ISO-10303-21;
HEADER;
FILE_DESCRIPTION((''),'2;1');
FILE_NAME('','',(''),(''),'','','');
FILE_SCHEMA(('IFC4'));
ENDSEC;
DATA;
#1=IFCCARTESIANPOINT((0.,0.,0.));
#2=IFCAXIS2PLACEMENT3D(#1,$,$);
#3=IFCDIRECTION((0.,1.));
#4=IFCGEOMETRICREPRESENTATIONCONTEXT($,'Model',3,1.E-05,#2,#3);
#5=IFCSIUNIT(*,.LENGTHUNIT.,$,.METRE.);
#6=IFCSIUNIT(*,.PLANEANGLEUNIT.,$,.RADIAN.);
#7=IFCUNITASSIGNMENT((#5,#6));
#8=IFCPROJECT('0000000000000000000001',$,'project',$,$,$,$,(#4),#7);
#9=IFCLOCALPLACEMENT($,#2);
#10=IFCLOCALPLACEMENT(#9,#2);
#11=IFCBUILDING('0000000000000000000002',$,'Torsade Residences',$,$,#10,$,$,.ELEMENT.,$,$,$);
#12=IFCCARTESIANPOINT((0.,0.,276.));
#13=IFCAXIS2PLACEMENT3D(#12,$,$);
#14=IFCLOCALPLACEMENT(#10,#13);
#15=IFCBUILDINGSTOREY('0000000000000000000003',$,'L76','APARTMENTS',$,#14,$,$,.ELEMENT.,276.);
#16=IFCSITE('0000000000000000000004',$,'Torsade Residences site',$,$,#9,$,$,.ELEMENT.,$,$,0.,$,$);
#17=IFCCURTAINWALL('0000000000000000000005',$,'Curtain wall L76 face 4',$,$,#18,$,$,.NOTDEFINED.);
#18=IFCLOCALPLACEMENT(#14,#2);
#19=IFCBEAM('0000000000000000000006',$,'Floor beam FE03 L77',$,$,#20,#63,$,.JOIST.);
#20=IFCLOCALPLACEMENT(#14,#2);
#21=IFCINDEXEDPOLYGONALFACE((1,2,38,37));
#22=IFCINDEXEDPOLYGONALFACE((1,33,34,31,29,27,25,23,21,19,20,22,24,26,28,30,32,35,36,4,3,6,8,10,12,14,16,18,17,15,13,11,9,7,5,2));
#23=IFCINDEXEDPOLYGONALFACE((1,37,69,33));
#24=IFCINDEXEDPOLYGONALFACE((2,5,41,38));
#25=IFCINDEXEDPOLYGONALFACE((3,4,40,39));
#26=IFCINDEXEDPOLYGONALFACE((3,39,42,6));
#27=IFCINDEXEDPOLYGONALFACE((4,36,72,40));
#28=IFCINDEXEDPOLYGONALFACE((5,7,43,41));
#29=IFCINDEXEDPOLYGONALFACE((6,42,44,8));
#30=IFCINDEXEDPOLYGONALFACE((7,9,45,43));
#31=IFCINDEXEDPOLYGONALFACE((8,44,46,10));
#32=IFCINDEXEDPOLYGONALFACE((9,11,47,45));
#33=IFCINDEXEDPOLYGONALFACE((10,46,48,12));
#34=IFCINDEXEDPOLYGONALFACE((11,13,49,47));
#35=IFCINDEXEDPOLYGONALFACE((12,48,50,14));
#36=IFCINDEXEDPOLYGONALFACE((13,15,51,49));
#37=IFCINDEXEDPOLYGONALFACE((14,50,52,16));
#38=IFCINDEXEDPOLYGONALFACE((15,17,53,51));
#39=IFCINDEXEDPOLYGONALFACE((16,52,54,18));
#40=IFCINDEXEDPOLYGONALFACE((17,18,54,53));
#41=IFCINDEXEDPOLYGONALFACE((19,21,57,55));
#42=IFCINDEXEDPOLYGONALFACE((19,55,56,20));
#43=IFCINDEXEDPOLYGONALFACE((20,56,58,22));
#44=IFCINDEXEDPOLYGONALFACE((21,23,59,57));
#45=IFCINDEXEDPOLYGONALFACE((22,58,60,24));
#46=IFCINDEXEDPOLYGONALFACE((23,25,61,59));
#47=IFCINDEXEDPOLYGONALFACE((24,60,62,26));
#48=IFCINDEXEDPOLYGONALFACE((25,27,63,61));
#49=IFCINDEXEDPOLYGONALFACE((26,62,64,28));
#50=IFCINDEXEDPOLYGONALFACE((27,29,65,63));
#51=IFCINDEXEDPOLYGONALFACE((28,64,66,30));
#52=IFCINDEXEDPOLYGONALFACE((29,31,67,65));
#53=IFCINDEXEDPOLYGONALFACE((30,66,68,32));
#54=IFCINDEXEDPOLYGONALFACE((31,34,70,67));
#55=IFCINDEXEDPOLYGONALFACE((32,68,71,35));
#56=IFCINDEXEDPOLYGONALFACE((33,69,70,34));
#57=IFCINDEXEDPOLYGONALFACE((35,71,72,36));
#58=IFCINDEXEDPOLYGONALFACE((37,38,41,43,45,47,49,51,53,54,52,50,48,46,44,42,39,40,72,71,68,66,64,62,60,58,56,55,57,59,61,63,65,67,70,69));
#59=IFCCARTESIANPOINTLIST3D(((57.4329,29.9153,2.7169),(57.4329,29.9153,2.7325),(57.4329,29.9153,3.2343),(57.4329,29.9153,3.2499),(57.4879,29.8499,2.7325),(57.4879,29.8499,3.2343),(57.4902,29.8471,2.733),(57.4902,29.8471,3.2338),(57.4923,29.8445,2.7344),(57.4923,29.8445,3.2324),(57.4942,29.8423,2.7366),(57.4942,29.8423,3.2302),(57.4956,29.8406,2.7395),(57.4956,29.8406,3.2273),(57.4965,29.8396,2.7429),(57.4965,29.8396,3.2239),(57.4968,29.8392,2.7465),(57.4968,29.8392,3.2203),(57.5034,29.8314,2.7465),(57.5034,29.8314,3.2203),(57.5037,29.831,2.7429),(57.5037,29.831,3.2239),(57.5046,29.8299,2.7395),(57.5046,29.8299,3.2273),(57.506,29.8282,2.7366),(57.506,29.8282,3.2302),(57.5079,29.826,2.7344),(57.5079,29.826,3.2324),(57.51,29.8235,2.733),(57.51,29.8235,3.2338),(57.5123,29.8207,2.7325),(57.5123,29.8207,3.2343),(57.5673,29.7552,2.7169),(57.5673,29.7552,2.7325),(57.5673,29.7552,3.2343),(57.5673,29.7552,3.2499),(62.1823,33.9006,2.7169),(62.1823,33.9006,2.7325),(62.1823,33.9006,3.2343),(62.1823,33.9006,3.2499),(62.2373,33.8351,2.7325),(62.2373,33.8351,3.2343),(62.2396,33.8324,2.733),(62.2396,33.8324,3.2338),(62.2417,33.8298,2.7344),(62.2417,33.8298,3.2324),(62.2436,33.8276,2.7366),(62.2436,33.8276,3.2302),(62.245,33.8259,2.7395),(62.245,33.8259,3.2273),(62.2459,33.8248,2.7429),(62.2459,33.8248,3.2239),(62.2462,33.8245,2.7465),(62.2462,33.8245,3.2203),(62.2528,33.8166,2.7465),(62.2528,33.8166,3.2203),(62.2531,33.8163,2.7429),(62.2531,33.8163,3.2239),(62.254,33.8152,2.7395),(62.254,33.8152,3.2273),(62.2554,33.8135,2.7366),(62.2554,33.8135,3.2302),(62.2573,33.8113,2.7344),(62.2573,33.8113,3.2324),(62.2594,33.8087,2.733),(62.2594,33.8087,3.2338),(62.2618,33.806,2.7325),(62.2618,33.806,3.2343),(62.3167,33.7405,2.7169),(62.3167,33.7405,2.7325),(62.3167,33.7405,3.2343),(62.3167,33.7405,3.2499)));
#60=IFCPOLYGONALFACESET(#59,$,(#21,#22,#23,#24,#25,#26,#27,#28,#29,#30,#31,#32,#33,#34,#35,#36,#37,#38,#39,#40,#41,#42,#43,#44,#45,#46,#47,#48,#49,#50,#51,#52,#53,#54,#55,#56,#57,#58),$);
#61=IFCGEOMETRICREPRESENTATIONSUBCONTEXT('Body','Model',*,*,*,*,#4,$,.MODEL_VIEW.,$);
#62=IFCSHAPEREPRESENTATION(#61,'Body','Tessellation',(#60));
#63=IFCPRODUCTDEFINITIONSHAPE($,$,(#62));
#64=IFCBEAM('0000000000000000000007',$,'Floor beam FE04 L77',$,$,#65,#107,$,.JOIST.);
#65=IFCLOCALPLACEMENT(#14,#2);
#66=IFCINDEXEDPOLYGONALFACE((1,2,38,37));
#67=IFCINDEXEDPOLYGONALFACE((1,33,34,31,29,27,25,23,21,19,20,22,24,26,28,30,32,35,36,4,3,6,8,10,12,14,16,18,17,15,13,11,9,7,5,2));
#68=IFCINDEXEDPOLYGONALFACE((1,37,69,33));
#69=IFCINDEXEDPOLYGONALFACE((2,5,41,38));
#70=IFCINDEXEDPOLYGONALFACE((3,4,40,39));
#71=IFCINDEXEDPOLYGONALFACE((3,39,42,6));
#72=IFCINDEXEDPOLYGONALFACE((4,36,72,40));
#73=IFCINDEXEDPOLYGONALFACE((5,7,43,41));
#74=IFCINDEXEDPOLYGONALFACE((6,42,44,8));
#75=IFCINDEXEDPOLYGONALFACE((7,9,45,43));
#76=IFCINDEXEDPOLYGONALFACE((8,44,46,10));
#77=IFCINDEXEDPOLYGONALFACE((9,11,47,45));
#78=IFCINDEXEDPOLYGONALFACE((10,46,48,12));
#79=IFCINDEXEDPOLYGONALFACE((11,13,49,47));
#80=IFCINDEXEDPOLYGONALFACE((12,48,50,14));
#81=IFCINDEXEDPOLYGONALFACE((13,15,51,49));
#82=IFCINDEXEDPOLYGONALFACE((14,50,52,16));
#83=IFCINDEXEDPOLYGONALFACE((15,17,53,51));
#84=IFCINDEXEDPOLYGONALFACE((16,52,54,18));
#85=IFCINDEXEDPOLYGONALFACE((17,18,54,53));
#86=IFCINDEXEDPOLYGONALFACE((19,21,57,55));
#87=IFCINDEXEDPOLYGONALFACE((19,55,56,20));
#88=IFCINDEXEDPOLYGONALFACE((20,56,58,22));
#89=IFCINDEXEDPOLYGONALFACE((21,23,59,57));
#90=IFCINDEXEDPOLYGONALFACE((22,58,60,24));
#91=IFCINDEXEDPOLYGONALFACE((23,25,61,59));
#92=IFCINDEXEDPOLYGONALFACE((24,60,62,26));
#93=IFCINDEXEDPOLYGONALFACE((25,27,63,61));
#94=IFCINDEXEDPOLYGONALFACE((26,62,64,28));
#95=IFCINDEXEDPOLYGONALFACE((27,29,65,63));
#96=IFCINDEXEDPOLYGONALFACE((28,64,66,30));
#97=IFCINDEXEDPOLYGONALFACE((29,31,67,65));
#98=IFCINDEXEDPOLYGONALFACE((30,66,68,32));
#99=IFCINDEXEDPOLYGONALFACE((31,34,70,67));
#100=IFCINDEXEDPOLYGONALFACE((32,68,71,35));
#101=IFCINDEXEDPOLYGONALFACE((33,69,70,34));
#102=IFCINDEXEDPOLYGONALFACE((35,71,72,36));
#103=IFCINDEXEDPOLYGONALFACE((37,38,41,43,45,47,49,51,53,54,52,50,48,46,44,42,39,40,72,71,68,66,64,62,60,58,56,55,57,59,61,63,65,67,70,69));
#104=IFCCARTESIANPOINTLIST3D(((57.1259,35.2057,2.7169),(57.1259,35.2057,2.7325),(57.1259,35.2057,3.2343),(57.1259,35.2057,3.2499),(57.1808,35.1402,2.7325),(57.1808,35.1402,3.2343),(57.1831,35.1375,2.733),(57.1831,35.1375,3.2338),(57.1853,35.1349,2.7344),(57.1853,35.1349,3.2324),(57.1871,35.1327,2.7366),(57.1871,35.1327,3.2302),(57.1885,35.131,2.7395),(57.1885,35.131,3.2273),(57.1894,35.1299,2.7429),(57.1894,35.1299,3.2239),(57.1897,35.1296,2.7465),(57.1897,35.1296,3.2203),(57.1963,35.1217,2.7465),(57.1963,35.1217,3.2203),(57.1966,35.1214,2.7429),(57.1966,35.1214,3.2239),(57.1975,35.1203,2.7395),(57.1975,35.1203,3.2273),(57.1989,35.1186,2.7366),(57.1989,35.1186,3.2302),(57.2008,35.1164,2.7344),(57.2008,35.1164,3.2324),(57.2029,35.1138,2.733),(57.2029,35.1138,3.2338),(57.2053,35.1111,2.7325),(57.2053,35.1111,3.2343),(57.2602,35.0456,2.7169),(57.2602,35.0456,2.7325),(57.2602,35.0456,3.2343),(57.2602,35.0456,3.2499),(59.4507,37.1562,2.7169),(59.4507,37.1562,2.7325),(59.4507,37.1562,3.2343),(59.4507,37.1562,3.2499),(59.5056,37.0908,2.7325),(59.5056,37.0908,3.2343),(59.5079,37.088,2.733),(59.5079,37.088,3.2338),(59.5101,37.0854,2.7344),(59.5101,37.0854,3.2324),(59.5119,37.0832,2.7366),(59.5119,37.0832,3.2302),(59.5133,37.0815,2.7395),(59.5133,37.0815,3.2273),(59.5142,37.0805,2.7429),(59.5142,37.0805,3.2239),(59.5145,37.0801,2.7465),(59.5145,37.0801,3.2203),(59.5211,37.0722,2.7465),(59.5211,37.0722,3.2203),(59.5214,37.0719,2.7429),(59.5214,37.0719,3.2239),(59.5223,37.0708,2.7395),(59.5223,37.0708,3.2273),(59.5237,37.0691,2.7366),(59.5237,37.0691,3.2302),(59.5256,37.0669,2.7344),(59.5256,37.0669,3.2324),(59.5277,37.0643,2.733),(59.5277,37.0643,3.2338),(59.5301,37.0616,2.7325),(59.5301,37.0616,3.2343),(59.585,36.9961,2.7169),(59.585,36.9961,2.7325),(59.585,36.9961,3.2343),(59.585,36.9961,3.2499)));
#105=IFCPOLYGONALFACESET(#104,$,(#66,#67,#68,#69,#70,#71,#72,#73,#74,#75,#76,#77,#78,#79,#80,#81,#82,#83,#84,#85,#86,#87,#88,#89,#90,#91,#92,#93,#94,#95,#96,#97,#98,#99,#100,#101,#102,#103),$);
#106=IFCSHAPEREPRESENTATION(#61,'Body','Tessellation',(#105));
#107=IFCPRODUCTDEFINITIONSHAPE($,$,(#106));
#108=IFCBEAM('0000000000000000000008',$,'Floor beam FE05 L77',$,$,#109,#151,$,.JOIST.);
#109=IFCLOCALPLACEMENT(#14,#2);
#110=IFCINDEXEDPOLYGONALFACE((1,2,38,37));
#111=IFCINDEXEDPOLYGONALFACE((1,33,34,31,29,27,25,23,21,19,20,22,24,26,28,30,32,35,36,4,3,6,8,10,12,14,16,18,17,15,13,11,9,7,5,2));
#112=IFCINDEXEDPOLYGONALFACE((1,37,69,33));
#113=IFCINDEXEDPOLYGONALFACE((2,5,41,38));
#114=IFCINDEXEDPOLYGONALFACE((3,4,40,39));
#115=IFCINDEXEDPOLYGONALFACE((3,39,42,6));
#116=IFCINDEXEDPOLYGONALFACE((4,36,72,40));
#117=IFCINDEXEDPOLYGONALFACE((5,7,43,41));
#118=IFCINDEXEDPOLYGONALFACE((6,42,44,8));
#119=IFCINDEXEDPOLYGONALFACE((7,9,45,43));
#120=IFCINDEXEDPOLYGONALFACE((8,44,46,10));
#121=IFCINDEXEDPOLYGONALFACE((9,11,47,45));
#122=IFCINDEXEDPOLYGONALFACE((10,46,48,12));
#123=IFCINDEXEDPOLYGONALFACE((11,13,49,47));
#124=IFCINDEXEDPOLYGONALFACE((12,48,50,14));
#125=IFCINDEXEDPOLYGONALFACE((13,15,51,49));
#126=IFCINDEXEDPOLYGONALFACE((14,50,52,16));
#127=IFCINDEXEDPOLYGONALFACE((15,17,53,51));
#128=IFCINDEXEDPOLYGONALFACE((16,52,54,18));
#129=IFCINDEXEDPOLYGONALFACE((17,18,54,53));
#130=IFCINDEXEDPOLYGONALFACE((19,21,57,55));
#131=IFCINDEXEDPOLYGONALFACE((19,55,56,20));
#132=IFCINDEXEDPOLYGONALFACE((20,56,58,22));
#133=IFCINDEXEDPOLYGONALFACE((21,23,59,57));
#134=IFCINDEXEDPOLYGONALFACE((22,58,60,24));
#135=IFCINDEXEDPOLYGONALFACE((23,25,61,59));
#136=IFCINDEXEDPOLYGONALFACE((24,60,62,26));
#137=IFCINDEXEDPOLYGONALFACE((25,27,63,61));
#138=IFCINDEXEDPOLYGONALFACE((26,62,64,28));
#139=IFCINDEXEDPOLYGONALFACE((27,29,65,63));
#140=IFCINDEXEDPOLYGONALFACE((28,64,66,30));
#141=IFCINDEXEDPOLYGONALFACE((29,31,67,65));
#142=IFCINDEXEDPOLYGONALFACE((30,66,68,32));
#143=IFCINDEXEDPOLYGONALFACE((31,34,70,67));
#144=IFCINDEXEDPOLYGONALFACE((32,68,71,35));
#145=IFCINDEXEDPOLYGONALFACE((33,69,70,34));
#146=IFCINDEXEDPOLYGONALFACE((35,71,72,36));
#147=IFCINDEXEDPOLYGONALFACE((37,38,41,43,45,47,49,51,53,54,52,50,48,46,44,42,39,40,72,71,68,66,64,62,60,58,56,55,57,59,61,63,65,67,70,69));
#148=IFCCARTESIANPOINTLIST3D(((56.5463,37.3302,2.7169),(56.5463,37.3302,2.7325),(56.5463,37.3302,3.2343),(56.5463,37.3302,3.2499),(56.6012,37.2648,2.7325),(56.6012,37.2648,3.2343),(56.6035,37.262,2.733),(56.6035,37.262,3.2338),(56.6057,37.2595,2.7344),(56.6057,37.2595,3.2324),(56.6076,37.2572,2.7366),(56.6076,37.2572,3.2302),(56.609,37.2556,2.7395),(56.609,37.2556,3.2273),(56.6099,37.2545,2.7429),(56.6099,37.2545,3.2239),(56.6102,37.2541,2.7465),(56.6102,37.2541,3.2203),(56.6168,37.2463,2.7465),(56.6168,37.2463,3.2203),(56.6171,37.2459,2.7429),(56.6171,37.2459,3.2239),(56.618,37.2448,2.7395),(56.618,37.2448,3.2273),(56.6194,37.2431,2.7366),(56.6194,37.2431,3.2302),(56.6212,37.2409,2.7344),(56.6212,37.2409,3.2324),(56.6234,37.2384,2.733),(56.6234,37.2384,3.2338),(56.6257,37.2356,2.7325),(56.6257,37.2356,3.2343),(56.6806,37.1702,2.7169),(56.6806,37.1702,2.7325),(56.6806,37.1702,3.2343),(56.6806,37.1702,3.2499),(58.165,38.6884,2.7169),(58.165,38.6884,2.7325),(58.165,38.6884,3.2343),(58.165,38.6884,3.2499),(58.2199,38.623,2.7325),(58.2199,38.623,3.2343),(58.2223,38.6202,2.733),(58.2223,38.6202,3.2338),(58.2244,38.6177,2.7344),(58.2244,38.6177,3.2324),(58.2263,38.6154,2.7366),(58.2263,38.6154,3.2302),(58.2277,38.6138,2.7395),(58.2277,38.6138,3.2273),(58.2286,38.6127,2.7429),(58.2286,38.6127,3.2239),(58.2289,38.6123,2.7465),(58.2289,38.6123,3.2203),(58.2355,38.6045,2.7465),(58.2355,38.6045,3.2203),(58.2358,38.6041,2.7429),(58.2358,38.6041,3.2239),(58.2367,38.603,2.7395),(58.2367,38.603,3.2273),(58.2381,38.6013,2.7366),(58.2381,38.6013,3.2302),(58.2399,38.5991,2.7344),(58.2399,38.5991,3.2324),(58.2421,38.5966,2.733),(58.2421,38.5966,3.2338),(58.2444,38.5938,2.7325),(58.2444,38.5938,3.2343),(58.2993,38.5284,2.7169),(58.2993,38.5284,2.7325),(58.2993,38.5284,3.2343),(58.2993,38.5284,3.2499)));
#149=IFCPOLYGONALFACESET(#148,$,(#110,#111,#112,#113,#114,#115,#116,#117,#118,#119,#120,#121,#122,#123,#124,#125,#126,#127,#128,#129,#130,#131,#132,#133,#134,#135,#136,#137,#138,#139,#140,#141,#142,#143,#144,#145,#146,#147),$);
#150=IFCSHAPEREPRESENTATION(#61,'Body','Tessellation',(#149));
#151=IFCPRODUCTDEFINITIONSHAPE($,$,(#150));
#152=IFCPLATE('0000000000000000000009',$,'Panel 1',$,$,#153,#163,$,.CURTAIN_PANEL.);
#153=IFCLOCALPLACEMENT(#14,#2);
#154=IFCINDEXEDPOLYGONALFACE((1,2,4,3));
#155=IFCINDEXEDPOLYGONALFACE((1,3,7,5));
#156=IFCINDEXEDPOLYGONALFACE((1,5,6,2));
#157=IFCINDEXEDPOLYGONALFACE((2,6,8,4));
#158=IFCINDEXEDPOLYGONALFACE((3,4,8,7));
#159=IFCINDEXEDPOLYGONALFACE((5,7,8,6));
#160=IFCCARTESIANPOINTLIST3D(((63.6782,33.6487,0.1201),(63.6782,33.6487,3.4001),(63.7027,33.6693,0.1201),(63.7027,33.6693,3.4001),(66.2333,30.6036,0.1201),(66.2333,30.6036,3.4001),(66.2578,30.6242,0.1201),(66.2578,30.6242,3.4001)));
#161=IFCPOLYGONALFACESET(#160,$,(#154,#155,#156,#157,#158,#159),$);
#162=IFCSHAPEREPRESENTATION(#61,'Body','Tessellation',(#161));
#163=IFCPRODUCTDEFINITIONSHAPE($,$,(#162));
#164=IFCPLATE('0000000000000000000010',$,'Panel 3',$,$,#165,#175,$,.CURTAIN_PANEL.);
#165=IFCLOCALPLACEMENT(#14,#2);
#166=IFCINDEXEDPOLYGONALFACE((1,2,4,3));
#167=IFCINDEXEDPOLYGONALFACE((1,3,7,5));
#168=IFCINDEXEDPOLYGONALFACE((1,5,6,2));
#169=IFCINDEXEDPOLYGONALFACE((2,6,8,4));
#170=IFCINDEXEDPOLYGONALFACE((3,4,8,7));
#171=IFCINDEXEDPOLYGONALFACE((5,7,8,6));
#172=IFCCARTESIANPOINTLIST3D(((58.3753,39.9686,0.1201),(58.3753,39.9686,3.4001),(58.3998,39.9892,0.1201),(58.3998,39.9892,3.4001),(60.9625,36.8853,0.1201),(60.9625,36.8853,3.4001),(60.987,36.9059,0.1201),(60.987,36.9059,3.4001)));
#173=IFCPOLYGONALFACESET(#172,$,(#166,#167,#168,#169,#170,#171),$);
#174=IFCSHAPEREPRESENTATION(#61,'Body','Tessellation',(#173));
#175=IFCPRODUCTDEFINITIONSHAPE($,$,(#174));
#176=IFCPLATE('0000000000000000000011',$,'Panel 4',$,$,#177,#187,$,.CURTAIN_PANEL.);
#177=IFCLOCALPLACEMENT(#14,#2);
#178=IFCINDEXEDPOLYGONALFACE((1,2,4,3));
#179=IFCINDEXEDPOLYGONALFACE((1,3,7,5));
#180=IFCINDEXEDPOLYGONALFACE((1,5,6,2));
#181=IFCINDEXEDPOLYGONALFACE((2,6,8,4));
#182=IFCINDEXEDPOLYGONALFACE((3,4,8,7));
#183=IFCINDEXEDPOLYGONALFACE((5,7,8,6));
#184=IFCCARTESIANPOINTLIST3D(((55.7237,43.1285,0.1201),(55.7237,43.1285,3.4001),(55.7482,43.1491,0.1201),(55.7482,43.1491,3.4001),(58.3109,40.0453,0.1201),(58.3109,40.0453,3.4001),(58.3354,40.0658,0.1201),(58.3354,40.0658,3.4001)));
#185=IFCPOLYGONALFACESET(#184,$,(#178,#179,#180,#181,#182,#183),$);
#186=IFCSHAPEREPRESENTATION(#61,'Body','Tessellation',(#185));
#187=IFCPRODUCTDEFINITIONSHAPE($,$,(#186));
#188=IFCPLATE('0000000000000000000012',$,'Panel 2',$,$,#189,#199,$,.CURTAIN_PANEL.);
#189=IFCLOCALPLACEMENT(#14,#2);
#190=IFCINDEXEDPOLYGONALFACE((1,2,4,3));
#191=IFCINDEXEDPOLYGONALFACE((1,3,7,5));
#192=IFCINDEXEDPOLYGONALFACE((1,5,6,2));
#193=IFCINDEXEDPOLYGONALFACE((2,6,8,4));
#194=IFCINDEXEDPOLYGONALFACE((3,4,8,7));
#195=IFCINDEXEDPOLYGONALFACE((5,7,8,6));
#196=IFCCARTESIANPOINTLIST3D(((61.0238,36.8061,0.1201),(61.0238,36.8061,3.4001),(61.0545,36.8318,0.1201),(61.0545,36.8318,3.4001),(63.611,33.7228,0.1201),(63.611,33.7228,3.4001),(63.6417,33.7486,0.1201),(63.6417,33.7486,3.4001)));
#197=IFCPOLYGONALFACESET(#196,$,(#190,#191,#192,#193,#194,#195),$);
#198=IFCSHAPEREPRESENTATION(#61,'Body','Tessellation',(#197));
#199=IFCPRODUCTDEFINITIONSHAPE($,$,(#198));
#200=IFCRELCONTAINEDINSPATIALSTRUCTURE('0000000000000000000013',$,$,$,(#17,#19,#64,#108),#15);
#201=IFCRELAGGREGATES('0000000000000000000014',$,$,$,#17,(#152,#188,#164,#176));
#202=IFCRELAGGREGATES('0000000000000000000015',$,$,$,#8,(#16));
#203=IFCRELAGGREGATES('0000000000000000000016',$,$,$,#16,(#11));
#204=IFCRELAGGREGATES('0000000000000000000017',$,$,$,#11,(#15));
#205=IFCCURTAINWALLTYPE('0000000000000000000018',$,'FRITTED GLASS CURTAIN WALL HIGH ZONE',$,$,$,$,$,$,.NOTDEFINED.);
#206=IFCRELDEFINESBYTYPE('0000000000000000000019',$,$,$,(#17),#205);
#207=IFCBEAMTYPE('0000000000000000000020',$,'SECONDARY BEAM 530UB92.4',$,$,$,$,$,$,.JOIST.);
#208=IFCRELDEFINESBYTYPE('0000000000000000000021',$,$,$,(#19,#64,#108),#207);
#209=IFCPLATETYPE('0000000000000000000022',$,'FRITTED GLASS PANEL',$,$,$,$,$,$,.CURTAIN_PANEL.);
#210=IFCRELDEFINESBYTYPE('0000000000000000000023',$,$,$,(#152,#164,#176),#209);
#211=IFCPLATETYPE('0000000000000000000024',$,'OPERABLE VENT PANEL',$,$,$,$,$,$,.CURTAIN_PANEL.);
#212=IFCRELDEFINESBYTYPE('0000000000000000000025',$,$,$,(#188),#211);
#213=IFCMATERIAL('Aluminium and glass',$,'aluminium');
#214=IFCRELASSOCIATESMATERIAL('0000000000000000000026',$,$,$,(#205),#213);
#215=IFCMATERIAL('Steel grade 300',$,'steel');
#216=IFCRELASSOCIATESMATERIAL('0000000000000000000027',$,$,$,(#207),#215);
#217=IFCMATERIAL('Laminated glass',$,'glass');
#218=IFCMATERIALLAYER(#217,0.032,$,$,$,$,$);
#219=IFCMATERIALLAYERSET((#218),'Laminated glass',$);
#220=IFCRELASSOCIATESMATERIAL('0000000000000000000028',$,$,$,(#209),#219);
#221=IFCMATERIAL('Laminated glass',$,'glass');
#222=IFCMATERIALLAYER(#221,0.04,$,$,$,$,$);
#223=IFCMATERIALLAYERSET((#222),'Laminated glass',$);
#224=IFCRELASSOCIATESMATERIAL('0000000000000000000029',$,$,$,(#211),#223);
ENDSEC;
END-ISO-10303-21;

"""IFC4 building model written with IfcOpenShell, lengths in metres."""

from ifc_helpers import new_model, si_unit, direction, frame, origin, origin_2d, place, context, subcontext, project, spatial, rectangle, i_section, extrude, material, layer, layer_set, material_profile, profile_set, type_object, element, aggregate, save


model = new_model("IFC4")

# Units and contexts
model_context = context("Model", 3, precision=1e-05, world=origin(), true_north=direction((0.0, 1.0)))
body_context = subcontext(model_context, "Body", "Model", "MODEL_VIEW")
ifc_project = project(units=[si_unit("LENGTHUNIT", "METRE"), si_unit("PLANEANGLEUNIT", "RADIAN")], contexts=[model_context])

# Site, building, storey
site_placement = place(None, origin())
site = spatial("IfcSite", under=ifc_project, at=site_placement, Name="Torsade Residences site", CompositionType="ELEMENT", RefElevation=0.0)
building_placement = place(site_placement, origin())
building = spatial("IfcBuilding", under=site, at=building_placement, Name="Torsade Residences", CompositionType="ELEMENT")
storey_placement = place(building_placement, frame((0.0, 0.0, 276.0)))
storey = spatial("IfcBuildingStorey", under=building, at=storey_placement, Name="L76", Description="APARTMENTS", CompositionType="ELEMENT", Elevation=276.0)

# Curtain wall
ifc_material_1 = material(Name="Aluminium and glass", Category="aluminium")
curtain_wall_type = type_object("IfcCurtainWallType", Name="FRITTED GLASS CURTAIN WALL HIGH ZONE", PredefinedType="NOTDEFINED", material=ifc_material_1)
curtain_wall_placement = place(storey_placement, origin())
curtain_wall = element("IfcCurtainWall", 1, at=curtain_wall_placement, inside=storey, type_object=curtain_wall_type, Name="Curtain wall L76 face 4", PredefinedType="NOTDEFINED")

# Beams
ifc_material_2 = material(Name="Steel grade 300", Category="steel")
ifc_material_profile_1 = material_profile(ifc_material_2, i_section(OverallWidth=0.209, OverallDepth=0.533, WebThickness=0.0103, FlangeThickness=0.0156, FilletRadius=0.0139, at=origin_2d()), Name="530UB92.4")
ifc_profile_set_1 = profile_set([ifc_material_profile_1], Name="Steel grade 300")
beam_type_1 = type_object("IfcBeamType", Name="SECONDARY BEAM 530UB92.4", PredefinedType="JOIST", material=ifc_profile_set_1)
beam_1_placement = place(storey_placement, frame((62.2495, 33.8206, 2.9834), z_axis=(-0.766041, -0.642791, 0.0), x_axis=(0.642791, -0.766041, 0.0)))
element("IfcBeam", 2, at=beam_1_placement, inside=storey, type_object=beam_type_1, Name="Floor beam FE03 L77", PredefinedType="JOIST", context=body_context, shape_type="SweptSolid", body=[
    extrude(i_section(OverallWidth=0.209, OverallDepth=0.533, WebThickness=0.0103, FlangeThickness=0.0156, FilletRadius=0.0139, at=origin_2d()), origin(), (0.0, 0.0, 1.0), 6.2),
])
beam_2_placement = place(storey_placement, frame((59.5178, 37.0762, 2.9834), z_axis=(-0.76608, -0.642745, 0.0), x_axis=(0.642745, -0.76608, 0.0)))
element("IfcBeam", 3, at=beam_2_placement, inside=storey, type_object=beam_type_1, Name="Floor beam FE04 L77", PredefinedType="JOIST", context=body_context, shape_type="SweptSolid", body=[
    extrude(i_section(OverallWidth=0.209, OverallDepth=0.533, WebThickness=0.0103, FlangeThickness=0.0156, FilletRadius=0.0139, at=origin_2d()), origin(), (0.0, 0.0, 1.0), 3.0347),
])
beam_3_placement = place(storey_placement, frame((58.2322, 38.6084, 2.9834), z_axis=(-0.766058, -0.642772, 0.0), x_axis=(0.642772, -0.766058, 0.0)))
element("IfcBeam", 4, at=beam_3_placement, inside=storey, type_object=beam_type_1, Name="Floor beam FE05 L77", PredefinedType="JOIST", context=body_context, shape_type="SweptSolid", body=[
    extrude(i_section(OverallWidth=0.209, OverallDepth=0.533, WebThickness=0.0103, FlangeThickness=0.0156, FilletRadius=0.0139, at=origin_2d()), origin(), (0.0, 0.0, 1.0), 2.113),
])

# Plates
ifc_material_3 = material(Name="Laminated glass", Category="glass")
ifc_layer_1 = layer(ifc_material_3, 0.032)
ifc_layer_set_1 = layer_set([ifc_layer_1], Name="Laminated glass")
plate_type_1 = type_object("IfcPlateType", Name="FRITTED GLASS PANEL", PredefinedType="CURTAIN_PANEL", material=ifc_layer_set_1)
plate_1_placement = place(storey_placement, frame((64.968, 32.1365, 0.1201), z_axis=(0.0, 0.0, 1.0), x_axis=(-0.642788, 0.766044, 0.0)))
plate_1 = element("IfcPlate", 5, at=plate_1_placement, type_object=plate_type_1, Name="Panel 1", PredefinedType="CURTAIN_PANEL", context=body_context, shape_type="SweptSolid", body=[
    extrude(rectangle(XDim=3.9751, YDim=0.032, at=origin_2d()), origin(), (0.0, 0.0, 1.0), 3.28),
])
plate_2_placement = place(storey_placement, frame((59.6812, 38.4373, 0.1201), z_axis=(0.0, 0.0, 1.0), x_axis=(-0.642788, 0.766044, 0.0)))
plate_2 = element("IfcPlate", 6, at=plate_2_placement, type_object=plate_type_1, Name="Panel 3", PredefinedType="CURTAIN_PANEL", context=body_context, shape_type="SweptSolid", body=[
    extrude(rectangle(XDim=4.0249, YDim=0.032, at=origin_2d()), origin(), (0.0, 0.0, 1.0), 3.28),
])
plate_3_placement = place(storey_placement, frame((57.0295, 41.5972, 0.1201), z_axis=(0.0, 0.0, 1.0), x_axis=(-0.642788, 0.766044, 0.0)))
plate_3 = element("IfcPlate", 7, at=plate_3_placement, type_object=plate_type_1, Name="Panel 4", PredefinedType="CURTAIN_PANEL", context=body_context, shape_type="SweptSolid", body=[
    extrude(rectangle(XDim=4.0249, YDim=0.032, at=origin_2d()), origin(), (0.0, 0.0, 1.0), 3.28),
])
ifc_material_4 = material(Name="Laminated glass", Category="glass")
ifc_layer_2 = layer(ifc_material_4, 0.04)
ifc_layer_set_2 = layer_set([ifc_layer_2], Name="Laminated glass")
plate_type_2 = type_object("IfcPlateType", Name="OPERABLE VENT PANEL", PredefinedType="CURTAIN_PANEL", material=ifc_layer_set_2)
plate_4_placement = place(storey_placement, frame((62.3328, 35.2773, 0.1201), z_axis=(0.0, 0.0, 1.0), x_axis=(-0.642788, 0.766044, 0.0)))
plate_4 = element("IfcPlate", 8, at=plate_4_placement, type_object=plate_type_2, Name="Panel 2", PredefinedType="CURTAIN_PANEL", context=body_context, shape_type="SweptSolid", body=[
    extrude(rectangle(XDim=4.0249, YDim=0.04, at=origin_2d()), origin(), (0.0, 0.0, 1.0), 3.28),
])
aggregate(curtain_wall, [plate_1, plate_4, plate_2, plate_3])

save(model, "model.ifc")
